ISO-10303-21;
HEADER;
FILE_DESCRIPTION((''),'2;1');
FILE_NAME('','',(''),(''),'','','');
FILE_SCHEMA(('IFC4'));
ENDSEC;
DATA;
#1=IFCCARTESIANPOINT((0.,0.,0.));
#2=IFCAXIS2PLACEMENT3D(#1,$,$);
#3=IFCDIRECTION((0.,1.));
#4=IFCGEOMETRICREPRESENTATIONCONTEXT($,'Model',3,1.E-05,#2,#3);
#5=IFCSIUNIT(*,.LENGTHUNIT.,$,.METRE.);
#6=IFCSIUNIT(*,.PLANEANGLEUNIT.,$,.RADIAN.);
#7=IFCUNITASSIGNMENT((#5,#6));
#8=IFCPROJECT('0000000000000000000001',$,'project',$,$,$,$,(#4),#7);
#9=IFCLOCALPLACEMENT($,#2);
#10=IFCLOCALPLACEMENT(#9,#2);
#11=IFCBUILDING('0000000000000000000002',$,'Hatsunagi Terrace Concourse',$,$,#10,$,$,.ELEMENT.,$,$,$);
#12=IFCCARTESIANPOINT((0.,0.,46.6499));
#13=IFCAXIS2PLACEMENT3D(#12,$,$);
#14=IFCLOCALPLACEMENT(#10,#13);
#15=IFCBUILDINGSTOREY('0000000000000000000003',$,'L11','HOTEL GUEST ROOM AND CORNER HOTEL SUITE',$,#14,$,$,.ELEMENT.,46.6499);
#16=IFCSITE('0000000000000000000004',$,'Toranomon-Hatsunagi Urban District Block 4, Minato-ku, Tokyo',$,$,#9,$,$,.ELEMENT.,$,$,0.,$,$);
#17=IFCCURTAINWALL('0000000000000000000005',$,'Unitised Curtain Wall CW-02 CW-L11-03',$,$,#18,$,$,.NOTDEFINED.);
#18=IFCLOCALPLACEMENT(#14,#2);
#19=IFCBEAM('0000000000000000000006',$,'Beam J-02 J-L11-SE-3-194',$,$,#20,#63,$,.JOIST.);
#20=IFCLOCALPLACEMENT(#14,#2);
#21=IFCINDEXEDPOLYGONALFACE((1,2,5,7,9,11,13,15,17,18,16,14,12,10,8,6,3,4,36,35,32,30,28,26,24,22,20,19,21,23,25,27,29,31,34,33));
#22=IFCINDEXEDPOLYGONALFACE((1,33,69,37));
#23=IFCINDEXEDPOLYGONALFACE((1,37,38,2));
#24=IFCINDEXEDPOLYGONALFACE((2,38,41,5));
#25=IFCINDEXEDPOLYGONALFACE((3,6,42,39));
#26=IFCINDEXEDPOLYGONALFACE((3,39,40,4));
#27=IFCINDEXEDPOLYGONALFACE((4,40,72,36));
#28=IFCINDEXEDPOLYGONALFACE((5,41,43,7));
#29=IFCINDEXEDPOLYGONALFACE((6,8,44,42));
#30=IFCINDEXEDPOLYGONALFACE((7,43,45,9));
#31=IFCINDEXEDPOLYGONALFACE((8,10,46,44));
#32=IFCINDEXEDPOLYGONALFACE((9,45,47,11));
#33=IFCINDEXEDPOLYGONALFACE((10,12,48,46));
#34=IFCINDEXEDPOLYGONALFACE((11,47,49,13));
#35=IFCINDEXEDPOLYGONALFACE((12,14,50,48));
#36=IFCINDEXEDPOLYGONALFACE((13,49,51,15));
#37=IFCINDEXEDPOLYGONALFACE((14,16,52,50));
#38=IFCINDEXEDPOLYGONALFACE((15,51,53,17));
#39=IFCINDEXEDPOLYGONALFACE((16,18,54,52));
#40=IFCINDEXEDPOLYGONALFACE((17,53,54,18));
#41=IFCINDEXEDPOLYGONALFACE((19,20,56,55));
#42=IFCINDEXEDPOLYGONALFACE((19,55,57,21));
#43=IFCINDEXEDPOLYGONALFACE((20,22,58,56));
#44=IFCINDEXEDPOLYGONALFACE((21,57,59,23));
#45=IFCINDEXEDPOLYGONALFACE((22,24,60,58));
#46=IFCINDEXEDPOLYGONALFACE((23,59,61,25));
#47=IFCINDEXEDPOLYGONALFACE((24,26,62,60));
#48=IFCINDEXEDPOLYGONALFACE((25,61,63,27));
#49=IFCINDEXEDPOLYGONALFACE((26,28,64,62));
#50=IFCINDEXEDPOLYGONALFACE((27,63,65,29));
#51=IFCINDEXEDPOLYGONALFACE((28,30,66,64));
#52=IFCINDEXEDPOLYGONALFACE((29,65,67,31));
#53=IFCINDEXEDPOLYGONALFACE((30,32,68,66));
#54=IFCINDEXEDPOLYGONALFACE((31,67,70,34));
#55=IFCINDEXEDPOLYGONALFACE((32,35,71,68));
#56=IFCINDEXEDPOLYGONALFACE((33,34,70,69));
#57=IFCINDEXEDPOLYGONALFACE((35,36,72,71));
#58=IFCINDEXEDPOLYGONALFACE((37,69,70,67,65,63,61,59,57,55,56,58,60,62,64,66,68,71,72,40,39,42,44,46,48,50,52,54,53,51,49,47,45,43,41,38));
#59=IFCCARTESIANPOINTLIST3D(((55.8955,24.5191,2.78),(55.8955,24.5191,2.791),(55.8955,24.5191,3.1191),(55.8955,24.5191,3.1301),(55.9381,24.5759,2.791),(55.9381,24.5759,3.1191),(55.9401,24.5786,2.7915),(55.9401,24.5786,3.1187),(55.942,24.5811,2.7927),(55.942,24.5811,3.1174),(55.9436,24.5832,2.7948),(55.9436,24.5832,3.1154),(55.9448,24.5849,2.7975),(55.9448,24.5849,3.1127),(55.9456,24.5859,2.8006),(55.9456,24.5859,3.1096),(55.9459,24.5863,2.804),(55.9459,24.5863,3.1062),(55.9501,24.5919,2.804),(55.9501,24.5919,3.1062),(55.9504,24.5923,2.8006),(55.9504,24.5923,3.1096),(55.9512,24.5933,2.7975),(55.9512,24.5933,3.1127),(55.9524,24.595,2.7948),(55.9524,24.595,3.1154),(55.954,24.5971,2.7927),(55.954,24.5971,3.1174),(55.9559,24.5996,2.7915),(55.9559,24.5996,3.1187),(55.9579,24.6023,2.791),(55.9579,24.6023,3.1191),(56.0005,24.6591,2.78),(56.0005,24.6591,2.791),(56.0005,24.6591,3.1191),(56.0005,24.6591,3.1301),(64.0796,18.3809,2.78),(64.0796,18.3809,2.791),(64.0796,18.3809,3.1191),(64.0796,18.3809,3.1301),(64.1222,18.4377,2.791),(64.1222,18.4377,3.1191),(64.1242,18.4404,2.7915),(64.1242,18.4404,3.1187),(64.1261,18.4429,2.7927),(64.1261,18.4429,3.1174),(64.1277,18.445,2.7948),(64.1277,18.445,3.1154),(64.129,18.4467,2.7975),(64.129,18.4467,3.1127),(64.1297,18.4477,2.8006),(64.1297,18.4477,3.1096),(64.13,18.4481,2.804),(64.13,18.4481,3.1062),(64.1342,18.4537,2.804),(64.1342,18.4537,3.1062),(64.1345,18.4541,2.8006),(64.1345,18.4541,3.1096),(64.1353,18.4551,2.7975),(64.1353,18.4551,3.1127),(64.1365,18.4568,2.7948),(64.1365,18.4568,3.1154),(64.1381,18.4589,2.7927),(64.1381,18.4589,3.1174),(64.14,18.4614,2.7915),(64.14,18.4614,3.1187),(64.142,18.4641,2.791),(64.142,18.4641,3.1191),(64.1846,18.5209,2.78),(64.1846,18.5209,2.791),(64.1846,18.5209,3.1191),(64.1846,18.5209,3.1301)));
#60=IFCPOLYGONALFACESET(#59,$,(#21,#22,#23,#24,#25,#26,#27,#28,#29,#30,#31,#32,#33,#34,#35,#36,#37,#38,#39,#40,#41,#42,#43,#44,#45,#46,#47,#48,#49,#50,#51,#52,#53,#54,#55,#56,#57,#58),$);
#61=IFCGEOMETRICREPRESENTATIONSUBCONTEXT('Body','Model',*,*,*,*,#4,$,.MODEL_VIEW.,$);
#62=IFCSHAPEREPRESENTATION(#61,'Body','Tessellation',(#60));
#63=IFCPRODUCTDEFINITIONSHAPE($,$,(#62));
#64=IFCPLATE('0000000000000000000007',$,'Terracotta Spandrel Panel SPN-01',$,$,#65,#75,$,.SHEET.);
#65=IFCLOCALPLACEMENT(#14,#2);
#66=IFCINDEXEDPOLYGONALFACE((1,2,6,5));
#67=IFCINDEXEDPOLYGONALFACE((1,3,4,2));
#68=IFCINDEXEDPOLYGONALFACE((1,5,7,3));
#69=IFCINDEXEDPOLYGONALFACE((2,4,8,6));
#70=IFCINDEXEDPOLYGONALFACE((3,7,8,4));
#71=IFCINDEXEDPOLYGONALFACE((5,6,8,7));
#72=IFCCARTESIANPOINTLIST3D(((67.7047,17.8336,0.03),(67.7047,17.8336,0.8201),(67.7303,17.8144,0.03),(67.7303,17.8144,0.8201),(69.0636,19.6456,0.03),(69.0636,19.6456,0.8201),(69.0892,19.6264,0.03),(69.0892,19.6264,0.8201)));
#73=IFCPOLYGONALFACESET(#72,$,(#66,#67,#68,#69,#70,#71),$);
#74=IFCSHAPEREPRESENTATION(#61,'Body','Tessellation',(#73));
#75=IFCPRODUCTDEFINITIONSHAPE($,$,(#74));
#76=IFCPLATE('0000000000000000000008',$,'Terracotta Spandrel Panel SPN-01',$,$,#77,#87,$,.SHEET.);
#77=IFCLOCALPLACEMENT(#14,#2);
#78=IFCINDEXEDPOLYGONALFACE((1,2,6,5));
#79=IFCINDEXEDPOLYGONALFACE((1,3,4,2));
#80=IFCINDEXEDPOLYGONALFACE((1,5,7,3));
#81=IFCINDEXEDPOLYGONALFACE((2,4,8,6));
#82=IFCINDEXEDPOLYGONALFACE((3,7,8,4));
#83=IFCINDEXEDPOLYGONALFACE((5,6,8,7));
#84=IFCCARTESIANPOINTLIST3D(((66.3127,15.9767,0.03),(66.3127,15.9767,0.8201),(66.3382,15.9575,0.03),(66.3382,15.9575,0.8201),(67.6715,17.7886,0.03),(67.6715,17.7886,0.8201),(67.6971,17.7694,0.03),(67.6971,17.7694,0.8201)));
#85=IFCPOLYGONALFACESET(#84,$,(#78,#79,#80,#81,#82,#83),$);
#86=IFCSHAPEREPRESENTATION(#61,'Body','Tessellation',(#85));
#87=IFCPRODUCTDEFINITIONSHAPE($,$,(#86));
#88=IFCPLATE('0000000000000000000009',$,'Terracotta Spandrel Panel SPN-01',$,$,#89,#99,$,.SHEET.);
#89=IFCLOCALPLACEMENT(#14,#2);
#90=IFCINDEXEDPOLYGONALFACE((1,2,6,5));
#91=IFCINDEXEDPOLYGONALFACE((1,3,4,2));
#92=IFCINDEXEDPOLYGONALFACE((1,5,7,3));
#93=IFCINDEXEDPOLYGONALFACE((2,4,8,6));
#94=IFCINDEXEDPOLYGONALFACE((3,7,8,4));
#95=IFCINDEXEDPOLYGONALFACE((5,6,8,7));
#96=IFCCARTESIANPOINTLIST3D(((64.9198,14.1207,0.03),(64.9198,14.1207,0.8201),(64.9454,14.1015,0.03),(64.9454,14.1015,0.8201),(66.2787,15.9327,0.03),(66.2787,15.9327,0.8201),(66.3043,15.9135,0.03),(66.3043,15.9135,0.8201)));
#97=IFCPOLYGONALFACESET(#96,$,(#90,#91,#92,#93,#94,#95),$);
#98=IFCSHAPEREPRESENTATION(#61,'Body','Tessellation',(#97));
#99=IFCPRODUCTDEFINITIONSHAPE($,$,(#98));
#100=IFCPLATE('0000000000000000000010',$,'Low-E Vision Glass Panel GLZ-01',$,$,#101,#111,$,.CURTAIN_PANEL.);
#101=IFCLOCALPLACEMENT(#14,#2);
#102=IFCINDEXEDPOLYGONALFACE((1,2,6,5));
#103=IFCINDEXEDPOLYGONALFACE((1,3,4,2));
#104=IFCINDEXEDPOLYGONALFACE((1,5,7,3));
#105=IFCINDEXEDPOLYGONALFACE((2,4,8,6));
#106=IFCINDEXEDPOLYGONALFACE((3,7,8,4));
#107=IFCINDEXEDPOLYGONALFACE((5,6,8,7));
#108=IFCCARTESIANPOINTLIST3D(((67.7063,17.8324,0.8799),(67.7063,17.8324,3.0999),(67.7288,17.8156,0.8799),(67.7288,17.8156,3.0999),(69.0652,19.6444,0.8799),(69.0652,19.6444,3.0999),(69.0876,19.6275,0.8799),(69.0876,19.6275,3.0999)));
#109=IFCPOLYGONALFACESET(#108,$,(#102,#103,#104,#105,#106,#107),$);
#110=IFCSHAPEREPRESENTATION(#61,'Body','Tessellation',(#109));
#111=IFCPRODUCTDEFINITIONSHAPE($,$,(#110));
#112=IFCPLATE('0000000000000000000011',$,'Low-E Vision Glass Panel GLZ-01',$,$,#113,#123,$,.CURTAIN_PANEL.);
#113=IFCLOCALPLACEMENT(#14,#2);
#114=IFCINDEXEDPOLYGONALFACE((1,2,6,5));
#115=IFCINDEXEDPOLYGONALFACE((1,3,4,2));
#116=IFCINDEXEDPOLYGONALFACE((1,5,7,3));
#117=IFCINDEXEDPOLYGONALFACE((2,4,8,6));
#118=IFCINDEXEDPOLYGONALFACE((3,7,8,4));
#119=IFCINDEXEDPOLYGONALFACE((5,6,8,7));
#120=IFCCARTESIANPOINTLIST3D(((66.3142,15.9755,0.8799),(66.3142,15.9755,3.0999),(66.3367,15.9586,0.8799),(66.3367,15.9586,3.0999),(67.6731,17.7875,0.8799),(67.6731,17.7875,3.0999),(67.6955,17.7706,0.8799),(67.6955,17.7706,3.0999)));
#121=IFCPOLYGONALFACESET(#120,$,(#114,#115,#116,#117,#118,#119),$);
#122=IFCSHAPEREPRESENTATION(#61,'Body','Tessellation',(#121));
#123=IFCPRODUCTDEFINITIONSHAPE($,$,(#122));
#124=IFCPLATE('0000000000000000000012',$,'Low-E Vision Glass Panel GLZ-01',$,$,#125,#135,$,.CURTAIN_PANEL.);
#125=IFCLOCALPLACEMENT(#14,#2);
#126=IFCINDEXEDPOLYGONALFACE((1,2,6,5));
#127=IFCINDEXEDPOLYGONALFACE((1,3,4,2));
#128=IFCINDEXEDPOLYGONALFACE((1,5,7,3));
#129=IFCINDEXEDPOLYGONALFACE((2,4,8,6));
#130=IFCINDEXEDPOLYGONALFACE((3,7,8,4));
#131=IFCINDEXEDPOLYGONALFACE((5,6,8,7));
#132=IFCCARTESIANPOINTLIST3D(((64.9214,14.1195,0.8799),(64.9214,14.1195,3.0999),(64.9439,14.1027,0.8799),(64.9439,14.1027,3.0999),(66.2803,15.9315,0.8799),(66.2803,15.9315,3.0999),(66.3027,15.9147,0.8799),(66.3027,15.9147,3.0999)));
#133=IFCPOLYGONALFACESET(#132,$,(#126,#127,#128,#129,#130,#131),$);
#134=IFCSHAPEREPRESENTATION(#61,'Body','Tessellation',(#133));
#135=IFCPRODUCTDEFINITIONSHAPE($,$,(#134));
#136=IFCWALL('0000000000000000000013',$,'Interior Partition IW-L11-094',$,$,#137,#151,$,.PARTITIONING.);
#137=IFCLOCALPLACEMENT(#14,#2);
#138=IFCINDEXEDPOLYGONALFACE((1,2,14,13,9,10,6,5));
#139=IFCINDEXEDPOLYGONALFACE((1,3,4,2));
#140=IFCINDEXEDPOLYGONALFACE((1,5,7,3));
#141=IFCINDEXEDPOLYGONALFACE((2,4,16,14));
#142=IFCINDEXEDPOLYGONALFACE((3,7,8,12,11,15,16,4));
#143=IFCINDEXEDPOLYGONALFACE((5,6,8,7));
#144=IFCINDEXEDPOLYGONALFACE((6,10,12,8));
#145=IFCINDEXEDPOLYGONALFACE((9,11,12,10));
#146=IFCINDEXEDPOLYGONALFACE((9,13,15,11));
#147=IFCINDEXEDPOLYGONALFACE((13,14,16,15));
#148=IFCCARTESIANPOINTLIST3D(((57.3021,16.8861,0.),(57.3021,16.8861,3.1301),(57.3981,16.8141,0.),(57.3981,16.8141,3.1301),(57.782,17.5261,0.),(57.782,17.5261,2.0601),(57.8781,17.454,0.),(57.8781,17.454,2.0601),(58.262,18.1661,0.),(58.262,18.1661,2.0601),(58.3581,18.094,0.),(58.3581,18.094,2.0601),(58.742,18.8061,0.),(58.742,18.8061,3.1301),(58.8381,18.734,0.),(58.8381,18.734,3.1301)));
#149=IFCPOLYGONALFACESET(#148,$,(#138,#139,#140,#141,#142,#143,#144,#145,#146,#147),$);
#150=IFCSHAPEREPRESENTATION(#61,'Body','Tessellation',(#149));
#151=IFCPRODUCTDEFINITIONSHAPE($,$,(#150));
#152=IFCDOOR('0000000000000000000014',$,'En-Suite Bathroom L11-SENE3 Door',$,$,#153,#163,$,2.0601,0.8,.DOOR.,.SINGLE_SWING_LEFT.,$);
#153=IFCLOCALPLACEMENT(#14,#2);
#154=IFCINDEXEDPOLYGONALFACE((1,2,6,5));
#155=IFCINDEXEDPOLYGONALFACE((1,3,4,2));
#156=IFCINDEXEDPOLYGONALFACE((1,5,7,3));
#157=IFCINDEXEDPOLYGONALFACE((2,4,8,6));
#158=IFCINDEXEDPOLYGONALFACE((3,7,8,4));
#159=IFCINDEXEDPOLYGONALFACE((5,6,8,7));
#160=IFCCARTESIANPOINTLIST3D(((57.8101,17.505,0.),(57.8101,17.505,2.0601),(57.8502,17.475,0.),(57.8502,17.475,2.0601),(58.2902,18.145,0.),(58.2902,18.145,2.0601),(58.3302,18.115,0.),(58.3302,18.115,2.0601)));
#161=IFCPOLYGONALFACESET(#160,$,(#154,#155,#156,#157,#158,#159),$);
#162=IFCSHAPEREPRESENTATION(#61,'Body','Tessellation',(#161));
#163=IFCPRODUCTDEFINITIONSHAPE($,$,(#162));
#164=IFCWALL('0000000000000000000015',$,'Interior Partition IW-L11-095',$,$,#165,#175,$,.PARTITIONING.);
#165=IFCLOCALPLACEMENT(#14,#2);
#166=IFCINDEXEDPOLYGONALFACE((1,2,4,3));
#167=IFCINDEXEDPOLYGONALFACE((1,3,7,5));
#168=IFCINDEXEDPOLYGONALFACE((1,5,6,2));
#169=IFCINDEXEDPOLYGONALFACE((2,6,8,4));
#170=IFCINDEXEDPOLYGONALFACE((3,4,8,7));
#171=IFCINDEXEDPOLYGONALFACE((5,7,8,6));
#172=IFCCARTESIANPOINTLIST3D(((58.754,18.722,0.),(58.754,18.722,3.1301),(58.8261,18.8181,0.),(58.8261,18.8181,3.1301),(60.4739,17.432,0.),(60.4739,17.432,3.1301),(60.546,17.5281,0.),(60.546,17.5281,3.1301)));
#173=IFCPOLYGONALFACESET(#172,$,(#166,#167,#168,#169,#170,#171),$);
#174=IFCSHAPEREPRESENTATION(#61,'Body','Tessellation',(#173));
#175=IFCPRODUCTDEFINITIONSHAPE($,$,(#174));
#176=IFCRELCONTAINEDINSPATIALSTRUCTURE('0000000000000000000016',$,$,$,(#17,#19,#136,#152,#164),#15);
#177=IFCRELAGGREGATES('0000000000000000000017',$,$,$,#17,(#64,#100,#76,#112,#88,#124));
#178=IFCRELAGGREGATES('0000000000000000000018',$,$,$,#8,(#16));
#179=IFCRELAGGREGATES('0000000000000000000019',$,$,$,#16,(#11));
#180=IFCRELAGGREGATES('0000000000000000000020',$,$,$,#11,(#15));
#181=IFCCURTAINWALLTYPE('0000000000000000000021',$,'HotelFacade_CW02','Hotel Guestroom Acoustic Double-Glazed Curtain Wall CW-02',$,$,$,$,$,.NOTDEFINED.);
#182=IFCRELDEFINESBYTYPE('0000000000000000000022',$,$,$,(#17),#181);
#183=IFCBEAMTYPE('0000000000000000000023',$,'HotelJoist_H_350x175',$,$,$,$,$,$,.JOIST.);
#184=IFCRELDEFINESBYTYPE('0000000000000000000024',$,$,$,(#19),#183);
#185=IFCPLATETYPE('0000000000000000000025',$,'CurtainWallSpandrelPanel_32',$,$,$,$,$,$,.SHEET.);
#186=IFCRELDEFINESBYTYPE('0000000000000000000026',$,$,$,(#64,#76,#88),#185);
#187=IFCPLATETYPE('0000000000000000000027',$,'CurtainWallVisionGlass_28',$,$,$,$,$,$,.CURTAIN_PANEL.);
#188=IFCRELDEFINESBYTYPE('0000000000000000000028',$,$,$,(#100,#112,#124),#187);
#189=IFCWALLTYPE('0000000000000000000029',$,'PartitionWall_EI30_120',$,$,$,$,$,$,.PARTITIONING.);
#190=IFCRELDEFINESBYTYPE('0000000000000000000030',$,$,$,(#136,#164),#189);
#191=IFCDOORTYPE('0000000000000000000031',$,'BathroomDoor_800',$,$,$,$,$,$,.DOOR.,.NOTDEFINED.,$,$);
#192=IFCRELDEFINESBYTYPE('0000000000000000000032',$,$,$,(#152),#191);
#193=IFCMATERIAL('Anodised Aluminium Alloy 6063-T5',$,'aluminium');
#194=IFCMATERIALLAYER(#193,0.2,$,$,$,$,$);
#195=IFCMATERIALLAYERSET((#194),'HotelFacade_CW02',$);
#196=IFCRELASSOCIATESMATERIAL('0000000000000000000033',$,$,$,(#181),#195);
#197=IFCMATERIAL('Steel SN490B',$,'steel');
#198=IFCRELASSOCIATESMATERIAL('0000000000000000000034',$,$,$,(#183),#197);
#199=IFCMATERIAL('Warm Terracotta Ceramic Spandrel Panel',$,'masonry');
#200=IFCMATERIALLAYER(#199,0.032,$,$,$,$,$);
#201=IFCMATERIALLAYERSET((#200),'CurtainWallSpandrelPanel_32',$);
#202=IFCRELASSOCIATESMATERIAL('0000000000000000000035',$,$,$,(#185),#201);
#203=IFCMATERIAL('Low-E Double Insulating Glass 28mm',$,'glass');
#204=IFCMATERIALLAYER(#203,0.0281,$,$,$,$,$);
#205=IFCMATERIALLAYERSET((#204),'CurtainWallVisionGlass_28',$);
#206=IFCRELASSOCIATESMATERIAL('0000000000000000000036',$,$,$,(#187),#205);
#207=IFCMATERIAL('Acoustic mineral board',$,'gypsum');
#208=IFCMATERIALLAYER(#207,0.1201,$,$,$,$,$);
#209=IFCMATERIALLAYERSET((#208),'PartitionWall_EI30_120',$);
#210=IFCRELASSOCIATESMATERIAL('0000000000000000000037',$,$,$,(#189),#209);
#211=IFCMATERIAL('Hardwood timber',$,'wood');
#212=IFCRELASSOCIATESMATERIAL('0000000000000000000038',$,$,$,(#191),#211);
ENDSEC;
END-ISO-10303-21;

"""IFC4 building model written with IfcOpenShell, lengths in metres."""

from ifc_helpers import new_model, si_unit, direction, frame, frame_2d, origin, origin_2d, place, context, subcontext, project, spatial, rectangle, i_section, extrude, material, layer, layer_set, material_profile, profile_set, type_object, element, fill, aggregate, save


model = new_model("IFC4")

# Units and contexts
model_context = context("Model", 3, precision=1e-05, world=origin(), true_north=direction((0.0, 1.0)))
body_context = subcontext(model_context, "Body", "Model", "MODEL_VIEW")
ifc_project = project(units=[si_unit("LENGTHUNIT", "METRE"), si_unit("PLANEANGLEUNIT", "RADIAN")], contexts=[model_context])

# Site, building, storey
site_placement = place(None, origin())
site = spatial("IfcSite", under=ifc_project, at=site_placement, Name="Toranomon-Hatsunagi Urban District Block 4, Minato-ku, Tokyo", CompositionType="ELEMENT", RefElevation=0.0)
building_placement = place(site_placement, origin())
building = spatial("IfcBuilding", under=site, at=building_placement, Name="Hatsunagi Terrace Concourse", CompositionType="ELEMENT")
storey_placement = place(building_placement, frame((0.0, 0.0, 46.6499)))
storey = spatial("IfcBuildingStorey", under=building, at=storey_placement, Name="L11", Description="HOTEL GUEST ROOM AND CORNER HOTEL SUITE", CompositionType="ELEMENT", Elevation=46.6499)

# Curtain wall
ifc_material_1 = material(Name="Anodised Aluminium Alloy 6063-T5", Category="aluminium")
ifc_layer_1 = layer(ifc_material_1, 0.2)
ifc_layer_set_1 = layer_set([ifc_layer_1], Name="HotelFacade_CW02")
curtain_wall_type = type_object("IfcCurtainWallType", Name="HotelFacade_CW02", Description="Hotel Guestroom Acoustic Double-Glazed Curtain Wall CW-02", PredefinedType="NOTDEFINED", material=ifc_layer_set_1)
curtain_wall_placement = place(storey_placement, origin())
curtain_wall = element("IfcCurtainWall", 1, at=curtain_wall_placement, inside=storey, type_object=curtain_wall_type, Name="Unitised Curtain Wall CW-02 CW-L11-03", PredefinedType="NOTDEFINED")

# Beam
ifc_material_2 = material(Name="Steel SN490B", Category="steel")
ifc_material_profile_1 = material_profile(ifc_material_2, i_section(OverallWidth=0.175, OverallDepth=0.3501, WebThickness=0.0071, FlangeThickness=0.011, FilletRadius=0.0129, at=origin_2d()), Name="H-350x175x7x11")
ifc_profile_set_1 = profile_set([ifc_material_profile_1], Name="Steel SN490B")
beam_type = type_object("IfcBeamType", Name="HotelJoist_H_350x175", PredefinedType="JOIST", material=ifc_profile_set_1)
beam_placement = place(storey_placement, frame((55.948, 24.5891, 2.9551), z_axis=(0.799994, -0.600008, 0.0), x_axis=(0.600008, 0.799994, 0.0)))
element("IfcBeam", 2, at=beam_placement, inside=storey, type_object=beam_type, Name="Beam J-02 J-L11-SE-3-194", PredefinedType="JOIST", context=body_context, shape_type="SweptSolid", body=[
    extrude(i_section(OverallWidth=0.175, OverallDepth=0.3501, WebThickness=0.0071, FlangeThickness=0.011, FilletRadius=0.0129, at=origin_2d()), origin(), (0.0, 0.0, 1.0), 10.2302),
])

# Plates
ifc_material_3 = material(Name="Warm Terracotta Ceramic Spandrel Panel", Category="masonry")
ifc_layer_2 = layer(ifc_material_3, 0.032)
ifc_layer_set_2 = layer_set([ifc_layer_2], Name="CurtainWallSpandrelPanel_32")
plate_type_1 = type_object("IfcPlateType", Name="CurtainWallSpandrelPanel_32", PredefinedType="SHEET", material=ifc_layer_set_2)
plate_1_placement = place(storey_placement, frame((68.397, 18.73, 0.03), z_axis=(0.0, 0.0, 1.0), x_axis=(-0.599969, -0.800023, 0.0)))
plate_1 = element("IfcPlate", 3, at=plate_1_placement, type_object=plate_type_1, Name="Terracotta Spandrel Panel SPN-01", PredefinedType="SHEET", context=body_context, shape_type="SweptSolid", body=[
    extrude(rectangle(XDim=2.2649, YDim=0.032, at=origin_2d()), origin(), (0.0, 0.0, 1.0), 0.79),
])
plate_2_placement = place(storey_placement, frame((67.0049, 16.873, 0.03), z_axis=(0.0, 0.0, 1.0), x_axis=(-0.599969, -0.800023, 0.0)))
plate_2 = element("IfcPlate", 4, at=plate_2_placement, type_object=plate_type_1, Name="Terracotta Spandrel Panel SPN-01", PredefinedType="SHEET", context=body_context, shape_type="SweptSolid", body=[
    extrude(rectangle(XDim=2.2649, YDim=0.032, at=origin_2d()), origin(), (0.0, 0.0, 1.0), 0.79),
])
plate_3_placement = place(storey_placement, frame((65.6121, 15.0171, 0.03), z_axis=(0.0, 0.0, 1.0), x_axis=(-0.599969, -0.800023, 0.0)))
plate_3 = element("IfcPlate", 5, at=plate_3_placement, type_object=plate_type_1, Name="Terracotta Spandrel Panel SPN-01", PredefinedType="SHEET", context=body_context, shape_type="SweptSolid", body=[
    extrude(rectangle(XDim=2.2649, YDim=0.032, at=origin_2d()), origin(), (0.0, 0.0, 1.0), 0.79),
])
ifc_material_4 = material(Name="Low-E Double Insulating Glass 28mm", Category="glass")
ifc_layer_3 = layer(ifc_material_4, 0.0281)
ifc_layer_set_3 = layer_set([ifc_layer_3], Name="CurtainWallVisionGlass_28")
plate_type_2 = type_object("IfcPlateType", Name="CurtainWallVisionGlass_28", PredefinedType="CURTAIN_PANEL", material=ifc_layer_set_3)
plate_4_placement = place(storey_placement, frame((68.397, 18.73, 0.8799), z_axis=(0.0, 0.0, 1.0), x_axis=(-0.599969, -0.800023, 0.0)))
plate_4 = element("IfcPlate", 6, at=plate_4_placement, type_object=plate_type_2, Name="Low-E Vision Glass Panel GLZ-01", PredefinedType="CURTAIN_PANEL", context=body_context, shape_type="SweptSolid", body=[
    extrude(rectangle(XDim=2.2649, YDim=0.0281, at=origin_2d()), origin(), (0.0, 0.0, 1.0), 2.22),
])
plate_5_placement = place(storey_placement, frame((67.0049, 16.873, 0.8799), z_axis=(0.0, 0.0, 1.0), x_axis=(-0.599969, -0.800023, 0.0)))
plate_5 = element("IfcPlate", 7, at=plate_5_placement, type_object=plate_type_2, Name="Low-E Vision Glass Panel GLZ-01", PredefinedType="CURTAIN_PANEL", context=body_context, shape_type="SweptSolid", body=[
    extrude(rectangle(XDim=2.2649, YDim=0.0281, at=origin_2d()), origin(), (0.0, 0.0, 1.0), 2.22),
])
plate_6_placement = place(storey_placement, frame((65.6121, 15.0171, 0.8799), z_axis=(0.0, 0.0, 1.0), x_axis=(-0.599969, -0.800023, 0.0)))
plate_6 = element("IfcPlate", 8, at=plate_6_placement, type_object=plate_type_2, Name="Low-E Vision Glass Panel GLZ-01", PredefinedType="CURTAIN_PANEL", context=body_context, shape_type="SweptSolid", body=[
    extrude(rectangle(XDim=2.2649, YDim=0.0281, at=origin_2d()), origin(), (0.0, 0.0, 1.0), 2.22),
])
aggregate(curtain_wall, [plate_1, plate_4, plate_2, plate_5, plate_3, plate_6])

# Wall, opening, door
ifc_material_5 = material(Name="Acoustic mineral board", Category="gypsum")
ifc_layer_4 = layer(ifc_material_5, 0.1201)
ifc_layer_set_4 = layer_set([ifc_layer_4], Name="PartitionWall_EI30_120")
wall_type_1 = type_object("IfcWallType", Name="PartitionWall_EI30_120", PredefinedType="PARTITIONING", material=ifc_layer_set_4)
wall_1_placement = place(storey_placement, frame((57.3501, 16.8501, 0.0), z_axis=(0.0, 0.0, 1.0), x_axis=(0.6, 0.8, 0.0)))
wall_1 = element("IfcWall", 9, at=wall_1_placement, inside=storey, type_object=wall_type_1, Name="Interior Partition IW-L11-094", PredefinedType="PARTITIONING", context=body_context, shape_type="SweptSolid", body=[
    extrude(rectangle(XDim=2.3999, YDim=0.1201, at=frame_2d((1.2, 0.0))), origin(), (0.0, 0.0, 1.0), 3.1301),
])
opening_1_placement = place(wall_1_placement, frame((0.8, 0.0, 0.0)))
opening_1 = element("IfcOpeningElement", 10, at=opening_1_placement, cuts=wall_1, PredefinedType="OPENING", context=body_context, shape_type="SweptSolid", body=[
    extrude(rectangle(XDim=0.8, YDim=2.0601, at=frame_2d((0.3999, 1.03))), frame((0.0, 0.0701, 0.0), z_axis=(0.0, -1.0, 0.0), x_axis=(1.0, 0.0, 0.0)), (0.0, 0.0, 1.0), 0.1401),
])
ifc_material_6 = material(Name="Hardwood timber", Category="wood")
door_type_1 = type_object("IfcDoorType", Name="BathroomDoor_800", OperationType="NOTDEFINED", PredefinedType="DOOR", material=ifc_material_6)
door_1_placement = place(opening_1_placement, origin())
door_1 = element("IfcDoor", 11, at=door_1_placement, inside=storey, type_object=door_type_1, Name="En-Suite Bathroom L11-SENE3 Door", OperationType="SINGLE_SWING_LEFT", OverallHeight=2.0601, OverallWidth=0.8, PredefinedType="DOOR", context=body_context, shape_type="SweptSolid", body=[
    extrude(rectangle(XDim=0.8, YDim=2.0601, at=frame_2d((0.3999, 1.03))), frame((0.0, 0.0249, 0.0), z_axis=(0.0, -1.0, 0.0), x_axis=(1.0, 0.0, 0.0)), (0.0, 0.0, 1.0), 0.05),
])
fill(opening_1, door_1)

# Wall
wall_2_placement = place(storey_placement, frame((58.79, 18.77, 0.0), z_axis=(0.0, 0.0, 1.0), x_axis=(0.799986, -0.600018, 0.0)))
element("IfcWall", 12, at=wall_2_placement, inside=storey, type_object=wall_type_1, Name="Interior Partition IW-L11-095", PredefinedType="PARTITIONING", context=body_context, shape_type="SweptSolid", body=[
    extrude(rectangle(XDim=2.1499, YDim=0.1201, at=frame_2d((1.075, 0.0))), origin(), (0.0, 0.0, 1.0), 3.1301),
])

save(model, "model.ifc")
